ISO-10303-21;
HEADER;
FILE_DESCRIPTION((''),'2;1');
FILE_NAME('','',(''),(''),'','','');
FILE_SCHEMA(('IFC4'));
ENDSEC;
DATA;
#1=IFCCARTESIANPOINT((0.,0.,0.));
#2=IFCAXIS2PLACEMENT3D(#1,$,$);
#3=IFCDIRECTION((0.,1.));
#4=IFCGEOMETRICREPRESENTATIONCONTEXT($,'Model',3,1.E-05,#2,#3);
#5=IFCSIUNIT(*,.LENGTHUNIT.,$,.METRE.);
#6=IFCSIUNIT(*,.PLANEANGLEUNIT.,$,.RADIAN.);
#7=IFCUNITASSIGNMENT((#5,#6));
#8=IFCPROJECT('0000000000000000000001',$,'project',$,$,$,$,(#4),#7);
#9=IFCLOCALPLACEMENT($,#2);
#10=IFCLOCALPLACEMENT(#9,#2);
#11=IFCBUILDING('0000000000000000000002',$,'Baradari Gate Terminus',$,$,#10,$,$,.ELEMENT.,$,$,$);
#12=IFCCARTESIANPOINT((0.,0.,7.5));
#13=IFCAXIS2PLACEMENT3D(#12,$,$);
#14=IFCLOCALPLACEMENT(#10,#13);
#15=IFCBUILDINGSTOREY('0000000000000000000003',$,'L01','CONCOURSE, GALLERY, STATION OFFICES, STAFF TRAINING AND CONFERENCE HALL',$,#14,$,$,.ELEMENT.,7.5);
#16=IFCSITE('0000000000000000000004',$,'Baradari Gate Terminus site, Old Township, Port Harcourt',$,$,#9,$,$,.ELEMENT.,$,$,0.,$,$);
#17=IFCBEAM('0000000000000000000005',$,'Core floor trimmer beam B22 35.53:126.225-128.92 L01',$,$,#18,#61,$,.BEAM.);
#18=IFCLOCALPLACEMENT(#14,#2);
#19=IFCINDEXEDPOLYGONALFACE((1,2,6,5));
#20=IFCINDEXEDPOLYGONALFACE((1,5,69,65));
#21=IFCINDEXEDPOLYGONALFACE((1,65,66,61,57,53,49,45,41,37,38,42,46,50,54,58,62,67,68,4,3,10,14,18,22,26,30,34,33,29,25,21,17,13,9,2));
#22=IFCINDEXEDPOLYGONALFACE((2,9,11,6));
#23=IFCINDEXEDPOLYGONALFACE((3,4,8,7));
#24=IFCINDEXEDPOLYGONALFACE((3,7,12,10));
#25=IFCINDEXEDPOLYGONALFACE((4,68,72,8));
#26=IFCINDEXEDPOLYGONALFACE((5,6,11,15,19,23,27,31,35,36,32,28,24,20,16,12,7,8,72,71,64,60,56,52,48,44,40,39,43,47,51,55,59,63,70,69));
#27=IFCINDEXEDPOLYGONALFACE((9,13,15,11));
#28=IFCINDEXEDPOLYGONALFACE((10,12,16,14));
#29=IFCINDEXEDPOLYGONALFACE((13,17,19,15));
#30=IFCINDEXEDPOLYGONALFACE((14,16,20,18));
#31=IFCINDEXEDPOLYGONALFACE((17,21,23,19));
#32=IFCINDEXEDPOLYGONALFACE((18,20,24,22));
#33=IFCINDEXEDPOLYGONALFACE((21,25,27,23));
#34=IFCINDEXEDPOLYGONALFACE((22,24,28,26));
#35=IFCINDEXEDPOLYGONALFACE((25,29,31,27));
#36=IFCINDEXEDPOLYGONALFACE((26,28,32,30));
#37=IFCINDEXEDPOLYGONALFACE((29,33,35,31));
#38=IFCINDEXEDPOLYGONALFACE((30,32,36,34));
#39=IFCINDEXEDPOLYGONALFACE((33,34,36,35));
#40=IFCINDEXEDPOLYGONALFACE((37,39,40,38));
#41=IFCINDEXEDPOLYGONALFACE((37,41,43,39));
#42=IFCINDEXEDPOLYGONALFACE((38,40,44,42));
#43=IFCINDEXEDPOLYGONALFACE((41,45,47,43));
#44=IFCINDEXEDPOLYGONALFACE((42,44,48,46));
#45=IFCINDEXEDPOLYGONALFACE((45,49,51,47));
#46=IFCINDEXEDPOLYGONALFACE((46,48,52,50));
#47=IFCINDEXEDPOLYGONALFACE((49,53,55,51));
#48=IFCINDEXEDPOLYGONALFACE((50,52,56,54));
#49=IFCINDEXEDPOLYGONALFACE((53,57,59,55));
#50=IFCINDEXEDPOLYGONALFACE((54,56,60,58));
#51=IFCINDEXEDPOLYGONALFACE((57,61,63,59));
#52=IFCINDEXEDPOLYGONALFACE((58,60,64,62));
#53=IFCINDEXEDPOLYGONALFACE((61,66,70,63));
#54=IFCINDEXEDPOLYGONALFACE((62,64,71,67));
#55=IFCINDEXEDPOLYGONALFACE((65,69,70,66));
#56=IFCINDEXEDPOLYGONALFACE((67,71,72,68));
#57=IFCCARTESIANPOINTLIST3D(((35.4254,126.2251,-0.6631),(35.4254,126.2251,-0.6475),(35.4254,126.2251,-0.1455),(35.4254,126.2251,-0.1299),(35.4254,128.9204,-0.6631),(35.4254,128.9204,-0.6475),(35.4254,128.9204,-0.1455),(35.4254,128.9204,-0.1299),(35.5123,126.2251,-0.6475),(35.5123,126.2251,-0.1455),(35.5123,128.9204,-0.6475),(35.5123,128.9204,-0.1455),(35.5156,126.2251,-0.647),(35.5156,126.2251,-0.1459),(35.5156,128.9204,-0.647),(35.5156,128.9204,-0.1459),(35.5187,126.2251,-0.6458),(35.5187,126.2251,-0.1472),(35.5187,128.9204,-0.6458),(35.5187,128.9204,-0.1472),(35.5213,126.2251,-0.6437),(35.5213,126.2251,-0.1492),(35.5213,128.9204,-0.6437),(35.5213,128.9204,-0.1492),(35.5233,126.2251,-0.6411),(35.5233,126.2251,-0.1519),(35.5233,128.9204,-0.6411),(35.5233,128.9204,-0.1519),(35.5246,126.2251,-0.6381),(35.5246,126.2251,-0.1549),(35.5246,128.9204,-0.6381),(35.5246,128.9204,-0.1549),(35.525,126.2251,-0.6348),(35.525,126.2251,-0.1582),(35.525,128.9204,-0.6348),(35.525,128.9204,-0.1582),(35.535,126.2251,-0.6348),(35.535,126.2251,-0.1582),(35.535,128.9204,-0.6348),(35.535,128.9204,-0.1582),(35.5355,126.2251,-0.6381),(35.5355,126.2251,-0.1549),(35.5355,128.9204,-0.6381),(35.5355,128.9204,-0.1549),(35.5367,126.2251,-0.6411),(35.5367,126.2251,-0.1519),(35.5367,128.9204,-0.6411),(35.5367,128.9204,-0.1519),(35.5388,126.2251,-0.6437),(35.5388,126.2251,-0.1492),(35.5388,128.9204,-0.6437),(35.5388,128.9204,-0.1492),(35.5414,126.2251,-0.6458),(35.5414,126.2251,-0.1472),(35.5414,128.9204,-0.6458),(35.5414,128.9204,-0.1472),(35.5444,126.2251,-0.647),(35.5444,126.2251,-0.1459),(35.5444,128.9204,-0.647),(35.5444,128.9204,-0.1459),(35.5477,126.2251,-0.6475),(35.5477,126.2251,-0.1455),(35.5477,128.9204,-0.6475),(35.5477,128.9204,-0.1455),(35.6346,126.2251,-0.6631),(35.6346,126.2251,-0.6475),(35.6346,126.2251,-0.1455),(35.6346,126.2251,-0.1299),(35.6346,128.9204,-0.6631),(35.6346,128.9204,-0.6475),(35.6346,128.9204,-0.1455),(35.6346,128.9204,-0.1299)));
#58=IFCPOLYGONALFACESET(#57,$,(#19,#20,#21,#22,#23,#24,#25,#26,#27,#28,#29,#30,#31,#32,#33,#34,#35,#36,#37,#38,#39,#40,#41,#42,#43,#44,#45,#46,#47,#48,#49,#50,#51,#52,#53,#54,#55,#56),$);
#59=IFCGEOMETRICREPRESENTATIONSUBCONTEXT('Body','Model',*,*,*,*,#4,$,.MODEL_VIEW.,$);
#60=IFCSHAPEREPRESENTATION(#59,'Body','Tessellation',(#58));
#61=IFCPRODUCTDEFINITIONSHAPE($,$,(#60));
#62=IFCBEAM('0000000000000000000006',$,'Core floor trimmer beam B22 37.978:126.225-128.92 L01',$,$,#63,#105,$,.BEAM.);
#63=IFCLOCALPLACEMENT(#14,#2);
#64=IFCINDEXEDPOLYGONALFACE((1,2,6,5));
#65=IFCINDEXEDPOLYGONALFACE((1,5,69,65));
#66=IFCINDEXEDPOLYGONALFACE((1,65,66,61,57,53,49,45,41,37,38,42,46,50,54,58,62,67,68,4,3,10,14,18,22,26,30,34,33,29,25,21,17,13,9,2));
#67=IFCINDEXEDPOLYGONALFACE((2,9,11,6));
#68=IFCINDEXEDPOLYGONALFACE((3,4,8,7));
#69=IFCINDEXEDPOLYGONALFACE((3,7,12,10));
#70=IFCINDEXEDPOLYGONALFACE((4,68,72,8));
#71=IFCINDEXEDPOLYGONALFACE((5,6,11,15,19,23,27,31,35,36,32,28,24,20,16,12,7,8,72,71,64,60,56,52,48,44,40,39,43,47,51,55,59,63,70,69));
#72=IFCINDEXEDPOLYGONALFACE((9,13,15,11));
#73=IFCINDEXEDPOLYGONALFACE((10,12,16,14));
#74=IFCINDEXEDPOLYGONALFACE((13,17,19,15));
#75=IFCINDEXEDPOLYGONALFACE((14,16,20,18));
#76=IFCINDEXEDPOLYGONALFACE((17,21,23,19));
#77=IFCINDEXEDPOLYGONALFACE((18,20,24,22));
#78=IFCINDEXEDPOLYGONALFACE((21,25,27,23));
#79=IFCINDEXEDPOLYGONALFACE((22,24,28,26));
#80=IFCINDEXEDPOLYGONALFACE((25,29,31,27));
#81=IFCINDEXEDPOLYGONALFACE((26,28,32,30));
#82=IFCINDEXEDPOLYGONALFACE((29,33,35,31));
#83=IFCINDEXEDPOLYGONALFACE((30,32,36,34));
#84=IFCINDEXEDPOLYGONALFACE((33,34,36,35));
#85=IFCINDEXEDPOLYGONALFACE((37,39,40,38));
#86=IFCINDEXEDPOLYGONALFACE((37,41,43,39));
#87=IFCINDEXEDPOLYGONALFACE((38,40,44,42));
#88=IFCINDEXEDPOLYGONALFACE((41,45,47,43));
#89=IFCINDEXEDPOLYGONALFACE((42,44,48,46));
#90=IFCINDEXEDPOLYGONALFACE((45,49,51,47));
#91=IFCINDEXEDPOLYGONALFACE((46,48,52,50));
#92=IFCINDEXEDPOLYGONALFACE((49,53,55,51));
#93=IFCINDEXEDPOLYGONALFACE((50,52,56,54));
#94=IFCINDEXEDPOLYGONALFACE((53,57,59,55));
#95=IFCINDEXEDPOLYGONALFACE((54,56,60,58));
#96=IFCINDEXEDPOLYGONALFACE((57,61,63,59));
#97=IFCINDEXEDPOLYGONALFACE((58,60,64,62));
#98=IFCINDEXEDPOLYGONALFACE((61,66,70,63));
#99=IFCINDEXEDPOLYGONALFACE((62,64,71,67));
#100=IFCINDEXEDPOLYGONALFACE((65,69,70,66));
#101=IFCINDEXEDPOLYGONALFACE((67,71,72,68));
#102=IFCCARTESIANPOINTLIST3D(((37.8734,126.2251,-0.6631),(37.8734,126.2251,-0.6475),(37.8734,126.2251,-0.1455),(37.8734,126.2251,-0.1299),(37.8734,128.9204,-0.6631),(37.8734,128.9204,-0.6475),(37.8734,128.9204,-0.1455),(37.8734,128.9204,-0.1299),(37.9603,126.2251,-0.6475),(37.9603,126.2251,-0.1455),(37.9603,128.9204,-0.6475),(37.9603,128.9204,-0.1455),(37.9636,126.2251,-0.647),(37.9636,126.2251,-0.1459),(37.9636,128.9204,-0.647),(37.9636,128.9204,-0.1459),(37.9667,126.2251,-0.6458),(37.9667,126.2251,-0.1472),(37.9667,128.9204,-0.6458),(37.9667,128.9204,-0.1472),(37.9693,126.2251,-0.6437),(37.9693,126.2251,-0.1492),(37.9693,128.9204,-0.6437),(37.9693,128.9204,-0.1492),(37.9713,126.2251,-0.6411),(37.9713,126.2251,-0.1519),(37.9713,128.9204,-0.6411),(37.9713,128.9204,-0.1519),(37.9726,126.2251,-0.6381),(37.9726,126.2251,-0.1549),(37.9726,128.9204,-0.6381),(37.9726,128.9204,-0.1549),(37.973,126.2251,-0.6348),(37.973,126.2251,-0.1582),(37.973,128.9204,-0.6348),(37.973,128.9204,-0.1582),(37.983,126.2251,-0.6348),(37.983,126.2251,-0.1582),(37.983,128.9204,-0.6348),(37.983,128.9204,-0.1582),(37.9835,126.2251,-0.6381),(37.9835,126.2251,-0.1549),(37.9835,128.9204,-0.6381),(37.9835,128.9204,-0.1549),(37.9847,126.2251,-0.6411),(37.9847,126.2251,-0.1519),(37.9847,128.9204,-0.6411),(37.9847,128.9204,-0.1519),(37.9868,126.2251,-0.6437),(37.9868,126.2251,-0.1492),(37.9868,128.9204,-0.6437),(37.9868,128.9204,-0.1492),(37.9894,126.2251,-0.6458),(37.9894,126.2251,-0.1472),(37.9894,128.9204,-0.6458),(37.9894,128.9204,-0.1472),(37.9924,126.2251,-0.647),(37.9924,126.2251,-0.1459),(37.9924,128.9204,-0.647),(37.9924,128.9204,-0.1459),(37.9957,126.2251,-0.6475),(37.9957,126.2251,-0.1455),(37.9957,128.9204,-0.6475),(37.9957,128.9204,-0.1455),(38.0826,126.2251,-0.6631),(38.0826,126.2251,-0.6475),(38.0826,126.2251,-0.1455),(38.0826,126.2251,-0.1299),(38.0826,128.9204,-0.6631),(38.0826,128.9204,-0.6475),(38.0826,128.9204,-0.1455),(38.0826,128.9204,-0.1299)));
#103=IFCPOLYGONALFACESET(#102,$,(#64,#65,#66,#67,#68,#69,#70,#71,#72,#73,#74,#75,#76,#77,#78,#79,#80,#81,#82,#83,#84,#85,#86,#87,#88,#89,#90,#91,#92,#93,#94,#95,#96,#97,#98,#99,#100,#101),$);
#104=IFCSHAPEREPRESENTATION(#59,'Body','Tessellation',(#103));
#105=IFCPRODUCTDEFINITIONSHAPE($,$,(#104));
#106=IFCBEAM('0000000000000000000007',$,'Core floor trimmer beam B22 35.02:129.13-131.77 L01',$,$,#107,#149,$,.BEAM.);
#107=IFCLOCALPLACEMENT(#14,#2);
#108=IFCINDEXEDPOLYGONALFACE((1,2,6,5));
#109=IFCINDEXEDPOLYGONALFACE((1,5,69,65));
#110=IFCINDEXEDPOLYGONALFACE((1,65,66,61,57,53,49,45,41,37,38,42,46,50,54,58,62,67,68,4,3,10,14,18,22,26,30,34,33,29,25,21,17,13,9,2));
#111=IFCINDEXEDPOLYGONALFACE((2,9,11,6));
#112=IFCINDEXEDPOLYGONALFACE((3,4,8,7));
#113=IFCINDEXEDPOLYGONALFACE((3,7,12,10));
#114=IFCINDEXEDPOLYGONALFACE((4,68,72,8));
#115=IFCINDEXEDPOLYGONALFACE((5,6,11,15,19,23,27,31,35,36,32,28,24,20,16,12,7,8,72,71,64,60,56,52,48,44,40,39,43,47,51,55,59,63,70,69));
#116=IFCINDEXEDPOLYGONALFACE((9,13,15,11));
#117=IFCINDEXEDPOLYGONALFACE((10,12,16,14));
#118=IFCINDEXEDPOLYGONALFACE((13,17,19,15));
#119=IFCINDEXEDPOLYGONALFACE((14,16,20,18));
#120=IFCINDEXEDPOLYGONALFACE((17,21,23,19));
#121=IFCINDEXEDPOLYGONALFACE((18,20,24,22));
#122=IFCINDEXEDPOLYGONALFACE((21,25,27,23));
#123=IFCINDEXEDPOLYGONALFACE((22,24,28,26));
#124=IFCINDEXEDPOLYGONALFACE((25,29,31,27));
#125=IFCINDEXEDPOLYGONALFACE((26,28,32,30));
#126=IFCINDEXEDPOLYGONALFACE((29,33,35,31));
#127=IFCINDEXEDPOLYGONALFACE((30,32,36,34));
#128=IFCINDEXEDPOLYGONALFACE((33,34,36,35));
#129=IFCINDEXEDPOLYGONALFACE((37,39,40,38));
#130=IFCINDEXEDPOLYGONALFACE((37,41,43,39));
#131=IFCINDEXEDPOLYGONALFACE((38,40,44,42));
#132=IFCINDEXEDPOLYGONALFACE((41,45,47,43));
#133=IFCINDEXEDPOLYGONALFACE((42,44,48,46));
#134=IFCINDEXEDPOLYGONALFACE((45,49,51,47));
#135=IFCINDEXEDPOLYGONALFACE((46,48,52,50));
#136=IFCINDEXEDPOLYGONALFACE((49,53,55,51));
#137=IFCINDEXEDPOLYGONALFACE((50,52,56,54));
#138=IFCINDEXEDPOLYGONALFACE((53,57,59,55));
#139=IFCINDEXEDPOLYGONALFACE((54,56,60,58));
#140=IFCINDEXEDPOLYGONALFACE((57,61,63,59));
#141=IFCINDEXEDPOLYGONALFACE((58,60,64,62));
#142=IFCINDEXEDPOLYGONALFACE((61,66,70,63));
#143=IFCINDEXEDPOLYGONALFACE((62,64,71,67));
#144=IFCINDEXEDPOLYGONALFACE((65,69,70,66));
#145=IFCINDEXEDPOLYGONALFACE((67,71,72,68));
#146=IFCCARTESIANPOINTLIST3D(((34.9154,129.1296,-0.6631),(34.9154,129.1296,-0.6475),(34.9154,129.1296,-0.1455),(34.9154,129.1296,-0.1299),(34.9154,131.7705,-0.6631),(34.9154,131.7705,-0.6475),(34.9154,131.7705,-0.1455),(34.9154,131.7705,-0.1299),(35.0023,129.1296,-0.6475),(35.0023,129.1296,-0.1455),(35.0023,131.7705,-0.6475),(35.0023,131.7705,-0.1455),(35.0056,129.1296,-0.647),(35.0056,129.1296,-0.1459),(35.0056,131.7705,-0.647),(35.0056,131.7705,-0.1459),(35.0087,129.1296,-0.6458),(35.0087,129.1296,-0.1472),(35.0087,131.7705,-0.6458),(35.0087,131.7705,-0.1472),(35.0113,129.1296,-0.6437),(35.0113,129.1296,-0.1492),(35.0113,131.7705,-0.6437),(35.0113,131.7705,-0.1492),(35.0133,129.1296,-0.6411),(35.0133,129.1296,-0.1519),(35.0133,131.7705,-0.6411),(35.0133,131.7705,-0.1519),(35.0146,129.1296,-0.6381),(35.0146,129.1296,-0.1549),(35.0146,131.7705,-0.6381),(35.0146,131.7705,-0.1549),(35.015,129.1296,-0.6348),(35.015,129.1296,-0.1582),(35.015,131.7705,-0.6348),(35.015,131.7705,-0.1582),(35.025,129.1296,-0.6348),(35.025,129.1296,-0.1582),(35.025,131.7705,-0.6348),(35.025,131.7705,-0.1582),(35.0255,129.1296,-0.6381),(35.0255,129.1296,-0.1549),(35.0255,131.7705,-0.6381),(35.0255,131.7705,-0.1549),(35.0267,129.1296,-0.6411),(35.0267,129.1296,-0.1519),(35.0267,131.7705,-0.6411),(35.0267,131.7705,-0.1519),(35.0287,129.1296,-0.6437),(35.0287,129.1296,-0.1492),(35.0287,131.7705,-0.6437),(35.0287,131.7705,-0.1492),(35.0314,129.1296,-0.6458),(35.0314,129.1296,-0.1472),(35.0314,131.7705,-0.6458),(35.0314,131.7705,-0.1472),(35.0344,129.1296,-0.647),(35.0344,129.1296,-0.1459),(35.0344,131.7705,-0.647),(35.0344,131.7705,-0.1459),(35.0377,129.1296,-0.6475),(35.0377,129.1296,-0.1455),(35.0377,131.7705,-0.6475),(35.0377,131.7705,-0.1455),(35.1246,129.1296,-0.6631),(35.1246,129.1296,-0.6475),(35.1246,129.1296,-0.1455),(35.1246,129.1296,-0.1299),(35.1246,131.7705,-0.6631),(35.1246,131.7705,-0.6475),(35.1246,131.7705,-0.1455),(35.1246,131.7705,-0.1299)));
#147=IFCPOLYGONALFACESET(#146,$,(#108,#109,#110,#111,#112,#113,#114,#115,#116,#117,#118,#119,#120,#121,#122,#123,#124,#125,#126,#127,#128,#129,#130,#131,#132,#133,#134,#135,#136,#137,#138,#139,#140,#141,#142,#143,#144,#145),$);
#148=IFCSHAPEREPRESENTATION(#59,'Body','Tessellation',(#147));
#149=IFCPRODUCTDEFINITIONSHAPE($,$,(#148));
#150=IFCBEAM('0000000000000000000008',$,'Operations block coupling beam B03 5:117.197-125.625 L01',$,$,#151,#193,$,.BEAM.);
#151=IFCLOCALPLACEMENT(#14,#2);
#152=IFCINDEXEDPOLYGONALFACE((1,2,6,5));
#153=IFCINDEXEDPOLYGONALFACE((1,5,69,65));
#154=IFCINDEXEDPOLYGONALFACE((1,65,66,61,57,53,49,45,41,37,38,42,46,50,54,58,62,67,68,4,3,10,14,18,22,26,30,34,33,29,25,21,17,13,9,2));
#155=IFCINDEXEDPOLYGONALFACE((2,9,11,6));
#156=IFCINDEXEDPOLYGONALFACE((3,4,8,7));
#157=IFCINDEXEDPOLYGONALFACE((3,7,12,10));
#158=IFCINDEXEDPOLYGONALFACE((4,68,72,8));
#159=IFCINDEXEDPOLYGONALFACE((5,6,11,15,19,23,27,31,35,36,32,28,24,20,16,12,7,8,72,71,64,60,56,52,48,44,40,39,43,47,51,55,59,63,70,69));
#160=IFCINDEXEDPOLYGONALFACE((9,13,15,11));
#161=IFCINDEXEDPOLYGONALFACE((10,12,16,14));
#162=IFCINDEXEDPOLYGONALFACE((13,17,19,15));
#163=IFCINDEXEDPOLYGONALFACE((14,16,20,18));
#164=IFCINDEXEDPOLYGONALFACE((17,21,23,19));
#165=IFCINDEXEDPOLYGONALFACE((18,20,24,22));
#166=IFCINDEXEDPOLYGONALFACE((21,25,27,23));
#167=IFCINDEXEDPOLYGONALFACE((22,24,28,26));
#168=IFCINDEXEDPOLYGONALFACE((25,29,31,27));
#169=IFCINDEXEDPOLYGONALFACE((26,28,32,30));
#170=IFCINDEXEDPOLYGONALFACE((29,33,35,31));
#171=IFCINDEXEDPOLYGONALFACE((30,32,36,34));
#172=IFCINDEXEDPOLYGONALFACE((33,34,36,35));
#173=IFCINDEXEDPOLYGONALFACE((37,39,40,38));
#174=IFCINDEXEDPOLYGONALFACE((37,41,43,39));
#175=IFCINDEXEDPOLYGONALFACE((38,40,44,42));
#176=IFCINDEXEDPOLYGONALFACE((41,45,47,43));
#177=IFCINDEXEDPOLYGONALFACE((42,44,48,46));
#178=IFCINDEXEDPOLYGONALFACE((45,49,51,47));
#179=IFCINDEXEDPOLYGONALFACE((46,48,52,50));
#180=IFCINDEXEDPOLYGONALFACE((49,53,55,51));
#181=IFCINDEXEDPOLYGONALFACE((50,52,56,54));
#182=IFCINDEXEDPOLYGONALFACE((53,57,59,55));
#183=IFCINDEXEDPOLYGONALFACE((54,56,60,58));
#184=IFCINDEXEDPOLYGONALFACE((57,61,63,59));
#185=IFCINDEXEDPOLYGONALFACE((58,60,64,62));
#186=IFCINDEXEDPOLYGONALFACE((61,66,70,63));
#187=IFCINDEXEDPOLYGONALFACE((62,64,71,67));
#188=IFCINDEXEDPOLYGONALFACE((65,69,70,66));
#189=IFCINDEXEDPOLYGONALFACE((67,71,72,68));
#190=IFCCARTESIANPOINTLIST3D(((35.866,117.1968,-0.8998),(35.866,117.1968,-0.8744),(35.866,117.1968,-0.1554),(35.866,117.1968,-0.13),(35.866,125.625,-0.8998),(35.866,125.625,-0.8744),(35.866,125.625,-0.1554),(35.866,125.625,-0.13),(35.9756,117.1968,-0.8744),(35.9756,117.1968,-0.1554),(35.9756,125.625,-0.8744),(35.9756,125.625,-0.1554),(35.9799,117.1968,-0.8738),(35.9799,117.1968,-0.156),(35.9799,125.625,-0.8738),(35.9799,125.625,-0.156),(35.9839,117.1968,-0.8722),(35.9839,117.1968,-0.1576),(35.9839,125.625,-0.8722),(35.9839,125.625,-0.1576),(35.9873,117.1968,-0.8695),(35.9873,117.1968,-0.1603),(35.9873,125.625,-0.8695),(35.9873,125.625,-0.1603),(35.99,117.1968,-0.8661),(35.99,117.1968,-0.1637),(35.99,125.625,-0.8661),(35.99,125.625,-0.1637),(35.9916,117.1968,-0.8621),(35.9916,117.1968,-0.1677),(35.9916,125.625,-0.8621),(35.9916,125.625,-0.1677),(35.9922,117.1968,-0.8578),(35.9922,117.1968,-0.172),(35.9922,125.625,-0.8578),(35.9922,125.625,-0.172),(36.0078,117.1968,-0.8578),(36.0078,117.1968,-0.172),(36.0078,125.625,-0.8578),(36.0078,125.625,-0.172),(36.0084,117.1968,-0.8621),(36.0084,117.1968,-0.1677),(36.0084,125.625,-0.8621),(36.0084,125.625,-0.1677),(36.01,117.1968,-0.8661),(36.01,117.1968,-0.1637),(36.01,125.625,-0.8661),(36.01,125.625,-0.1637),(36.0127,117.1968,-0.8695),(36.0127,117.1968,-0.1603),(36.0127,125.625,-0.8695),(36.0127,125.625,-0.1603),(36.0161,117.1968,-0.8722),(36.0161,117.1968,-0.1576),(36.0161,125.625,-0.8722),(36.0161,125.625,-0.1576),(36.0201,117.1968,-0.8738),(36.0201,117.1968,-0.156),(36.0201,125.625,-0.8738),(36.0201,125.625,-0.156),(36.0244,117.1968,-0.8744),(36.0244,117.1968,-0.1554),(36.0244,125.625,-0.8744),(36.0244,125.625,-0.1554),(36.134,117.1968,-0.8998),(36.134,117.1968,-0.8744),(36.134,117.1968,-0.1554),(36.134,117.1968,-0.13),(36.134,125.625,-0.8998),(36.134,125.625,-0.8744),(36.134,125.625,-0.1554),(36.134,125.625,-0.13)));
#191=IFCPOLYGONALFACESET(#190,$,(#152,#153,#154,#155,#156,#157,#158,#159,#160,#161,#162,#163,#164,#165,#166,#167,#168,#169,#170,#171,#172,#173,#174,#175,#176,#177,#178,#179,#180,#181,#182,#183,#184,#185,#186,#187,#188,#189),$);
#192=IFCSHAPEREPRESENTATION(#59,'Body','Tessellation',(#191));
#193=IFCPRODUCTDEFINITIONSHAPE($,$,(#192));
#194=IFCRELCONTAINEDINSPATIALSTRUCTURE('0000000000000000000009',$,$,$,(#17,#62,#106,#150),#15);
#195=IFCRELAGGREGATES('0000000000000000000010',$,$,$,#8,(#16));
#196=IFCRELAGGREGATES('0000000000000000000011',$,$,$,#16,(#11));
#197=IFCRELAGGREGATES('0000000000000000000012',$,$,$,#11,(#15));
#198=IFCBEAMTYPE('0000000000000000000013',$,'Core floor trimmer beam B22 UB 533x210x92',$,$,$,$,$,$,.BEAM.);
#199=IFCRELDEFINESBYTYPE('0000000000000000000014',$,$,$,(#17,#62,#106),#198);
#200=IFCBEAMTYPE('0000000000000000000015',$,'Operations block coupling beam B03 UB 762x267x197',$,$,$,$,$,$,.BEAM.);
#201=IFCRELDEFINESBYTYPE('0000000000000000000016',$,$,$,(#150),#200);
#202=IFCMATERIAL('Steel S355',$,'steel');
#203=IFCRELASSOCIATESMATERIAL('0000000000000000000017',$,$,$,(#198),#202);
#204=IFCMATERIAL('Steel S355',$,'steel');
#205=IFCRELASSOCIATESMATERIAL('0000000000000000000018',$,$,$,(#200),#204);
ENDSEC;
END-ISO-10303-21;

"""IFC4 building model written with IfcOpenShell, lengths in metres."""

from ifc_helpers import new_model, si_unit, direction, frame, origin, origin_2d, place, context, subcontext, project, spatial, i_section, extrude, material, material_profile, profile_set, type_object, element, save


model = new_model("IFC4")

# Units and contexts
model_context = context("Model", 3, precision=1e-05, world=origin(), true_north=direction((0.0, 1.0)))
body_context = subcontext(model_context, "Body", "Model", "MODEL_VIEW")
ifc_project = project(units=[si_unit("LENGTHUNIT", "METRE"), si_unit("PLANEANGLEUNIT", "RADIAN")], contexts=[model_context])

# Site, building, storey
site_placement = place(None, origin())
site = spatial("IfcSite", under=ifc_project, at=site_placement, Name="Baradari Gate Terminus site, Old Township, Port Harcourt", CompositionType="ELEMENT", RefElevation=0.0)
building_placement = place(site_placement, origin())
building = spatial("IfcBuilding", under=site, at=building_placement, Name="Baradari Gate Terminus", CompositionType="ELEMENT")
storey_placement = place(building_placement, frame((0.0, 0.0, 7.5)))
storey = spatial("IfcBuildingStorey", under=building, at=storey_placement, Name="L01", Description="CONCOURSE, GALLERY, STATION OFFICES, STAFF TRAINING AND CONFERENCE HALL", CompositionType="ELEMENT", Elevation=7.5)

# Beams
ifc_material_1 = material(Name="Steel S355", Category="steel")
ifc_material_profile_1 = material_profile(ifc_material_1, i_section(OverallWidth=0.2092, OverallDepth=0.5332, WebThickness=0.01, FlangeThickness=0.0156, FilletRadius=0.0127, at=origin_2d()), Name="UB 533x210x92")
ifc_profile_set_1 = profile_set([ifc_material_profile_1], Name="Steel S355")
beam_type_1 = type_object("IfcBeamType", Name="Core floor trimmer beam B22 UB 533x210x92", PredefinedType="BEAM", material=ifc_profile_set_1)
for number, where, z_axis, x_axis, name in (
    (1, (35.53, 126.2251, -0.3965), (0.0, 1.0, 0.0), (-1.0, 0.0, 0.0), "Core floor trimmer beam B22 35.53:126.225-128.92 L01"),
    (2, (37.978, 126.2251, -0.3965), (0.0, 1.0, 0.0), (-1.0, 0.0, 0.0), "Core floor trimmer beam B22 37.978:126.225-128.92 L01"),
):
    element("IfcBeam", number, at=place(storey_placement, frame(where, z_axis=z_axis, x_axis=x_axis)), inside=storey, type_object=beam_type_1, Name=name, PredefinedType="BEAM", context=body_context, shape_type="SweptSolid", body=[
        extrude(i_section(OverallWidth=0.2092, OverallDepth=0.5332, WebThickness=0.01, FlangeThickness=0.0156, FilletRadius=0.0127, at=origin_2d()), origin(), (0.0, 0.0, 1.0), 2.6953),
    ])
beam_1_placement = place(storey_placement, frame((35.02, 129.1296, -0.3965), z_axis=(0.0, 1.0, 0.0), x_axis=(-1.0, 0.0, 0.0)))
element("IfcBeam", 3, at=beam_1_placement, inside=storey, type_object=beam_type_1, Name="Core floor trimmer beam B22 35.02:129.13-131.77 L01", PredefinedType="BEAM", context=body_context, shape_type="SweptSolid", body=[
    extrude(i_section(OverallWidth=0.2092, OverallDepth=0.5332, WebThickness=0.01, FlangeThickness=0.0156, FilletRadius=0.0127, at=origin_2d()), origin(), (0.0, 0.0, 1.0), 2.6409),
])
ifc_material_2 = material(Name="Steel S355", Category="steel")
ifc_material_profile_2 = material_profile(ifc_material_2, i_section(OverallWidth=0.2681, OverallDepth=0.7698, WebThickness=0.0156, FlangeThickness=0.0254, FilletRadius=0.0166, at=origin_2d()), Name="UB 762x267x197")
ifc_profile_set_2 = profile_set([ifc_material_profile_2], Name="Steel S355")
beam_type_2 = type_object("IfcBeamType", Name="Operations block coupling beam B03 UB 762x267x197", PredefinedType="BEAM", material=ifc_profile_set_2)
beam_2_placement = place(storey_placement, frame((36.0, 117.1968, -0.5149), z_axis=(0.0, 1.0, 0.0), x_axis=(-1.0, 0.0, 0.0)))
element("IfcBeam", 4, at=beam_2_placement, inside=storey, type_object=beam_type_2, Name="Operations block coupling beam B03 5:117.197-125.625 L01", PredefinedType="BEAM", context=body_context, shape_type="SweptSolid", body=[
    extrude(i_section(OverallWidth=0.2681, OverallDepth=0.7698, WebThickness=0.0156, FlangeThickness=0.0254, FilletRadius=0.0166, at=origin_2d()), origin(), (0.0, 0.0, 1.0), 8.4282),
])

save(model, "model.ifc")
